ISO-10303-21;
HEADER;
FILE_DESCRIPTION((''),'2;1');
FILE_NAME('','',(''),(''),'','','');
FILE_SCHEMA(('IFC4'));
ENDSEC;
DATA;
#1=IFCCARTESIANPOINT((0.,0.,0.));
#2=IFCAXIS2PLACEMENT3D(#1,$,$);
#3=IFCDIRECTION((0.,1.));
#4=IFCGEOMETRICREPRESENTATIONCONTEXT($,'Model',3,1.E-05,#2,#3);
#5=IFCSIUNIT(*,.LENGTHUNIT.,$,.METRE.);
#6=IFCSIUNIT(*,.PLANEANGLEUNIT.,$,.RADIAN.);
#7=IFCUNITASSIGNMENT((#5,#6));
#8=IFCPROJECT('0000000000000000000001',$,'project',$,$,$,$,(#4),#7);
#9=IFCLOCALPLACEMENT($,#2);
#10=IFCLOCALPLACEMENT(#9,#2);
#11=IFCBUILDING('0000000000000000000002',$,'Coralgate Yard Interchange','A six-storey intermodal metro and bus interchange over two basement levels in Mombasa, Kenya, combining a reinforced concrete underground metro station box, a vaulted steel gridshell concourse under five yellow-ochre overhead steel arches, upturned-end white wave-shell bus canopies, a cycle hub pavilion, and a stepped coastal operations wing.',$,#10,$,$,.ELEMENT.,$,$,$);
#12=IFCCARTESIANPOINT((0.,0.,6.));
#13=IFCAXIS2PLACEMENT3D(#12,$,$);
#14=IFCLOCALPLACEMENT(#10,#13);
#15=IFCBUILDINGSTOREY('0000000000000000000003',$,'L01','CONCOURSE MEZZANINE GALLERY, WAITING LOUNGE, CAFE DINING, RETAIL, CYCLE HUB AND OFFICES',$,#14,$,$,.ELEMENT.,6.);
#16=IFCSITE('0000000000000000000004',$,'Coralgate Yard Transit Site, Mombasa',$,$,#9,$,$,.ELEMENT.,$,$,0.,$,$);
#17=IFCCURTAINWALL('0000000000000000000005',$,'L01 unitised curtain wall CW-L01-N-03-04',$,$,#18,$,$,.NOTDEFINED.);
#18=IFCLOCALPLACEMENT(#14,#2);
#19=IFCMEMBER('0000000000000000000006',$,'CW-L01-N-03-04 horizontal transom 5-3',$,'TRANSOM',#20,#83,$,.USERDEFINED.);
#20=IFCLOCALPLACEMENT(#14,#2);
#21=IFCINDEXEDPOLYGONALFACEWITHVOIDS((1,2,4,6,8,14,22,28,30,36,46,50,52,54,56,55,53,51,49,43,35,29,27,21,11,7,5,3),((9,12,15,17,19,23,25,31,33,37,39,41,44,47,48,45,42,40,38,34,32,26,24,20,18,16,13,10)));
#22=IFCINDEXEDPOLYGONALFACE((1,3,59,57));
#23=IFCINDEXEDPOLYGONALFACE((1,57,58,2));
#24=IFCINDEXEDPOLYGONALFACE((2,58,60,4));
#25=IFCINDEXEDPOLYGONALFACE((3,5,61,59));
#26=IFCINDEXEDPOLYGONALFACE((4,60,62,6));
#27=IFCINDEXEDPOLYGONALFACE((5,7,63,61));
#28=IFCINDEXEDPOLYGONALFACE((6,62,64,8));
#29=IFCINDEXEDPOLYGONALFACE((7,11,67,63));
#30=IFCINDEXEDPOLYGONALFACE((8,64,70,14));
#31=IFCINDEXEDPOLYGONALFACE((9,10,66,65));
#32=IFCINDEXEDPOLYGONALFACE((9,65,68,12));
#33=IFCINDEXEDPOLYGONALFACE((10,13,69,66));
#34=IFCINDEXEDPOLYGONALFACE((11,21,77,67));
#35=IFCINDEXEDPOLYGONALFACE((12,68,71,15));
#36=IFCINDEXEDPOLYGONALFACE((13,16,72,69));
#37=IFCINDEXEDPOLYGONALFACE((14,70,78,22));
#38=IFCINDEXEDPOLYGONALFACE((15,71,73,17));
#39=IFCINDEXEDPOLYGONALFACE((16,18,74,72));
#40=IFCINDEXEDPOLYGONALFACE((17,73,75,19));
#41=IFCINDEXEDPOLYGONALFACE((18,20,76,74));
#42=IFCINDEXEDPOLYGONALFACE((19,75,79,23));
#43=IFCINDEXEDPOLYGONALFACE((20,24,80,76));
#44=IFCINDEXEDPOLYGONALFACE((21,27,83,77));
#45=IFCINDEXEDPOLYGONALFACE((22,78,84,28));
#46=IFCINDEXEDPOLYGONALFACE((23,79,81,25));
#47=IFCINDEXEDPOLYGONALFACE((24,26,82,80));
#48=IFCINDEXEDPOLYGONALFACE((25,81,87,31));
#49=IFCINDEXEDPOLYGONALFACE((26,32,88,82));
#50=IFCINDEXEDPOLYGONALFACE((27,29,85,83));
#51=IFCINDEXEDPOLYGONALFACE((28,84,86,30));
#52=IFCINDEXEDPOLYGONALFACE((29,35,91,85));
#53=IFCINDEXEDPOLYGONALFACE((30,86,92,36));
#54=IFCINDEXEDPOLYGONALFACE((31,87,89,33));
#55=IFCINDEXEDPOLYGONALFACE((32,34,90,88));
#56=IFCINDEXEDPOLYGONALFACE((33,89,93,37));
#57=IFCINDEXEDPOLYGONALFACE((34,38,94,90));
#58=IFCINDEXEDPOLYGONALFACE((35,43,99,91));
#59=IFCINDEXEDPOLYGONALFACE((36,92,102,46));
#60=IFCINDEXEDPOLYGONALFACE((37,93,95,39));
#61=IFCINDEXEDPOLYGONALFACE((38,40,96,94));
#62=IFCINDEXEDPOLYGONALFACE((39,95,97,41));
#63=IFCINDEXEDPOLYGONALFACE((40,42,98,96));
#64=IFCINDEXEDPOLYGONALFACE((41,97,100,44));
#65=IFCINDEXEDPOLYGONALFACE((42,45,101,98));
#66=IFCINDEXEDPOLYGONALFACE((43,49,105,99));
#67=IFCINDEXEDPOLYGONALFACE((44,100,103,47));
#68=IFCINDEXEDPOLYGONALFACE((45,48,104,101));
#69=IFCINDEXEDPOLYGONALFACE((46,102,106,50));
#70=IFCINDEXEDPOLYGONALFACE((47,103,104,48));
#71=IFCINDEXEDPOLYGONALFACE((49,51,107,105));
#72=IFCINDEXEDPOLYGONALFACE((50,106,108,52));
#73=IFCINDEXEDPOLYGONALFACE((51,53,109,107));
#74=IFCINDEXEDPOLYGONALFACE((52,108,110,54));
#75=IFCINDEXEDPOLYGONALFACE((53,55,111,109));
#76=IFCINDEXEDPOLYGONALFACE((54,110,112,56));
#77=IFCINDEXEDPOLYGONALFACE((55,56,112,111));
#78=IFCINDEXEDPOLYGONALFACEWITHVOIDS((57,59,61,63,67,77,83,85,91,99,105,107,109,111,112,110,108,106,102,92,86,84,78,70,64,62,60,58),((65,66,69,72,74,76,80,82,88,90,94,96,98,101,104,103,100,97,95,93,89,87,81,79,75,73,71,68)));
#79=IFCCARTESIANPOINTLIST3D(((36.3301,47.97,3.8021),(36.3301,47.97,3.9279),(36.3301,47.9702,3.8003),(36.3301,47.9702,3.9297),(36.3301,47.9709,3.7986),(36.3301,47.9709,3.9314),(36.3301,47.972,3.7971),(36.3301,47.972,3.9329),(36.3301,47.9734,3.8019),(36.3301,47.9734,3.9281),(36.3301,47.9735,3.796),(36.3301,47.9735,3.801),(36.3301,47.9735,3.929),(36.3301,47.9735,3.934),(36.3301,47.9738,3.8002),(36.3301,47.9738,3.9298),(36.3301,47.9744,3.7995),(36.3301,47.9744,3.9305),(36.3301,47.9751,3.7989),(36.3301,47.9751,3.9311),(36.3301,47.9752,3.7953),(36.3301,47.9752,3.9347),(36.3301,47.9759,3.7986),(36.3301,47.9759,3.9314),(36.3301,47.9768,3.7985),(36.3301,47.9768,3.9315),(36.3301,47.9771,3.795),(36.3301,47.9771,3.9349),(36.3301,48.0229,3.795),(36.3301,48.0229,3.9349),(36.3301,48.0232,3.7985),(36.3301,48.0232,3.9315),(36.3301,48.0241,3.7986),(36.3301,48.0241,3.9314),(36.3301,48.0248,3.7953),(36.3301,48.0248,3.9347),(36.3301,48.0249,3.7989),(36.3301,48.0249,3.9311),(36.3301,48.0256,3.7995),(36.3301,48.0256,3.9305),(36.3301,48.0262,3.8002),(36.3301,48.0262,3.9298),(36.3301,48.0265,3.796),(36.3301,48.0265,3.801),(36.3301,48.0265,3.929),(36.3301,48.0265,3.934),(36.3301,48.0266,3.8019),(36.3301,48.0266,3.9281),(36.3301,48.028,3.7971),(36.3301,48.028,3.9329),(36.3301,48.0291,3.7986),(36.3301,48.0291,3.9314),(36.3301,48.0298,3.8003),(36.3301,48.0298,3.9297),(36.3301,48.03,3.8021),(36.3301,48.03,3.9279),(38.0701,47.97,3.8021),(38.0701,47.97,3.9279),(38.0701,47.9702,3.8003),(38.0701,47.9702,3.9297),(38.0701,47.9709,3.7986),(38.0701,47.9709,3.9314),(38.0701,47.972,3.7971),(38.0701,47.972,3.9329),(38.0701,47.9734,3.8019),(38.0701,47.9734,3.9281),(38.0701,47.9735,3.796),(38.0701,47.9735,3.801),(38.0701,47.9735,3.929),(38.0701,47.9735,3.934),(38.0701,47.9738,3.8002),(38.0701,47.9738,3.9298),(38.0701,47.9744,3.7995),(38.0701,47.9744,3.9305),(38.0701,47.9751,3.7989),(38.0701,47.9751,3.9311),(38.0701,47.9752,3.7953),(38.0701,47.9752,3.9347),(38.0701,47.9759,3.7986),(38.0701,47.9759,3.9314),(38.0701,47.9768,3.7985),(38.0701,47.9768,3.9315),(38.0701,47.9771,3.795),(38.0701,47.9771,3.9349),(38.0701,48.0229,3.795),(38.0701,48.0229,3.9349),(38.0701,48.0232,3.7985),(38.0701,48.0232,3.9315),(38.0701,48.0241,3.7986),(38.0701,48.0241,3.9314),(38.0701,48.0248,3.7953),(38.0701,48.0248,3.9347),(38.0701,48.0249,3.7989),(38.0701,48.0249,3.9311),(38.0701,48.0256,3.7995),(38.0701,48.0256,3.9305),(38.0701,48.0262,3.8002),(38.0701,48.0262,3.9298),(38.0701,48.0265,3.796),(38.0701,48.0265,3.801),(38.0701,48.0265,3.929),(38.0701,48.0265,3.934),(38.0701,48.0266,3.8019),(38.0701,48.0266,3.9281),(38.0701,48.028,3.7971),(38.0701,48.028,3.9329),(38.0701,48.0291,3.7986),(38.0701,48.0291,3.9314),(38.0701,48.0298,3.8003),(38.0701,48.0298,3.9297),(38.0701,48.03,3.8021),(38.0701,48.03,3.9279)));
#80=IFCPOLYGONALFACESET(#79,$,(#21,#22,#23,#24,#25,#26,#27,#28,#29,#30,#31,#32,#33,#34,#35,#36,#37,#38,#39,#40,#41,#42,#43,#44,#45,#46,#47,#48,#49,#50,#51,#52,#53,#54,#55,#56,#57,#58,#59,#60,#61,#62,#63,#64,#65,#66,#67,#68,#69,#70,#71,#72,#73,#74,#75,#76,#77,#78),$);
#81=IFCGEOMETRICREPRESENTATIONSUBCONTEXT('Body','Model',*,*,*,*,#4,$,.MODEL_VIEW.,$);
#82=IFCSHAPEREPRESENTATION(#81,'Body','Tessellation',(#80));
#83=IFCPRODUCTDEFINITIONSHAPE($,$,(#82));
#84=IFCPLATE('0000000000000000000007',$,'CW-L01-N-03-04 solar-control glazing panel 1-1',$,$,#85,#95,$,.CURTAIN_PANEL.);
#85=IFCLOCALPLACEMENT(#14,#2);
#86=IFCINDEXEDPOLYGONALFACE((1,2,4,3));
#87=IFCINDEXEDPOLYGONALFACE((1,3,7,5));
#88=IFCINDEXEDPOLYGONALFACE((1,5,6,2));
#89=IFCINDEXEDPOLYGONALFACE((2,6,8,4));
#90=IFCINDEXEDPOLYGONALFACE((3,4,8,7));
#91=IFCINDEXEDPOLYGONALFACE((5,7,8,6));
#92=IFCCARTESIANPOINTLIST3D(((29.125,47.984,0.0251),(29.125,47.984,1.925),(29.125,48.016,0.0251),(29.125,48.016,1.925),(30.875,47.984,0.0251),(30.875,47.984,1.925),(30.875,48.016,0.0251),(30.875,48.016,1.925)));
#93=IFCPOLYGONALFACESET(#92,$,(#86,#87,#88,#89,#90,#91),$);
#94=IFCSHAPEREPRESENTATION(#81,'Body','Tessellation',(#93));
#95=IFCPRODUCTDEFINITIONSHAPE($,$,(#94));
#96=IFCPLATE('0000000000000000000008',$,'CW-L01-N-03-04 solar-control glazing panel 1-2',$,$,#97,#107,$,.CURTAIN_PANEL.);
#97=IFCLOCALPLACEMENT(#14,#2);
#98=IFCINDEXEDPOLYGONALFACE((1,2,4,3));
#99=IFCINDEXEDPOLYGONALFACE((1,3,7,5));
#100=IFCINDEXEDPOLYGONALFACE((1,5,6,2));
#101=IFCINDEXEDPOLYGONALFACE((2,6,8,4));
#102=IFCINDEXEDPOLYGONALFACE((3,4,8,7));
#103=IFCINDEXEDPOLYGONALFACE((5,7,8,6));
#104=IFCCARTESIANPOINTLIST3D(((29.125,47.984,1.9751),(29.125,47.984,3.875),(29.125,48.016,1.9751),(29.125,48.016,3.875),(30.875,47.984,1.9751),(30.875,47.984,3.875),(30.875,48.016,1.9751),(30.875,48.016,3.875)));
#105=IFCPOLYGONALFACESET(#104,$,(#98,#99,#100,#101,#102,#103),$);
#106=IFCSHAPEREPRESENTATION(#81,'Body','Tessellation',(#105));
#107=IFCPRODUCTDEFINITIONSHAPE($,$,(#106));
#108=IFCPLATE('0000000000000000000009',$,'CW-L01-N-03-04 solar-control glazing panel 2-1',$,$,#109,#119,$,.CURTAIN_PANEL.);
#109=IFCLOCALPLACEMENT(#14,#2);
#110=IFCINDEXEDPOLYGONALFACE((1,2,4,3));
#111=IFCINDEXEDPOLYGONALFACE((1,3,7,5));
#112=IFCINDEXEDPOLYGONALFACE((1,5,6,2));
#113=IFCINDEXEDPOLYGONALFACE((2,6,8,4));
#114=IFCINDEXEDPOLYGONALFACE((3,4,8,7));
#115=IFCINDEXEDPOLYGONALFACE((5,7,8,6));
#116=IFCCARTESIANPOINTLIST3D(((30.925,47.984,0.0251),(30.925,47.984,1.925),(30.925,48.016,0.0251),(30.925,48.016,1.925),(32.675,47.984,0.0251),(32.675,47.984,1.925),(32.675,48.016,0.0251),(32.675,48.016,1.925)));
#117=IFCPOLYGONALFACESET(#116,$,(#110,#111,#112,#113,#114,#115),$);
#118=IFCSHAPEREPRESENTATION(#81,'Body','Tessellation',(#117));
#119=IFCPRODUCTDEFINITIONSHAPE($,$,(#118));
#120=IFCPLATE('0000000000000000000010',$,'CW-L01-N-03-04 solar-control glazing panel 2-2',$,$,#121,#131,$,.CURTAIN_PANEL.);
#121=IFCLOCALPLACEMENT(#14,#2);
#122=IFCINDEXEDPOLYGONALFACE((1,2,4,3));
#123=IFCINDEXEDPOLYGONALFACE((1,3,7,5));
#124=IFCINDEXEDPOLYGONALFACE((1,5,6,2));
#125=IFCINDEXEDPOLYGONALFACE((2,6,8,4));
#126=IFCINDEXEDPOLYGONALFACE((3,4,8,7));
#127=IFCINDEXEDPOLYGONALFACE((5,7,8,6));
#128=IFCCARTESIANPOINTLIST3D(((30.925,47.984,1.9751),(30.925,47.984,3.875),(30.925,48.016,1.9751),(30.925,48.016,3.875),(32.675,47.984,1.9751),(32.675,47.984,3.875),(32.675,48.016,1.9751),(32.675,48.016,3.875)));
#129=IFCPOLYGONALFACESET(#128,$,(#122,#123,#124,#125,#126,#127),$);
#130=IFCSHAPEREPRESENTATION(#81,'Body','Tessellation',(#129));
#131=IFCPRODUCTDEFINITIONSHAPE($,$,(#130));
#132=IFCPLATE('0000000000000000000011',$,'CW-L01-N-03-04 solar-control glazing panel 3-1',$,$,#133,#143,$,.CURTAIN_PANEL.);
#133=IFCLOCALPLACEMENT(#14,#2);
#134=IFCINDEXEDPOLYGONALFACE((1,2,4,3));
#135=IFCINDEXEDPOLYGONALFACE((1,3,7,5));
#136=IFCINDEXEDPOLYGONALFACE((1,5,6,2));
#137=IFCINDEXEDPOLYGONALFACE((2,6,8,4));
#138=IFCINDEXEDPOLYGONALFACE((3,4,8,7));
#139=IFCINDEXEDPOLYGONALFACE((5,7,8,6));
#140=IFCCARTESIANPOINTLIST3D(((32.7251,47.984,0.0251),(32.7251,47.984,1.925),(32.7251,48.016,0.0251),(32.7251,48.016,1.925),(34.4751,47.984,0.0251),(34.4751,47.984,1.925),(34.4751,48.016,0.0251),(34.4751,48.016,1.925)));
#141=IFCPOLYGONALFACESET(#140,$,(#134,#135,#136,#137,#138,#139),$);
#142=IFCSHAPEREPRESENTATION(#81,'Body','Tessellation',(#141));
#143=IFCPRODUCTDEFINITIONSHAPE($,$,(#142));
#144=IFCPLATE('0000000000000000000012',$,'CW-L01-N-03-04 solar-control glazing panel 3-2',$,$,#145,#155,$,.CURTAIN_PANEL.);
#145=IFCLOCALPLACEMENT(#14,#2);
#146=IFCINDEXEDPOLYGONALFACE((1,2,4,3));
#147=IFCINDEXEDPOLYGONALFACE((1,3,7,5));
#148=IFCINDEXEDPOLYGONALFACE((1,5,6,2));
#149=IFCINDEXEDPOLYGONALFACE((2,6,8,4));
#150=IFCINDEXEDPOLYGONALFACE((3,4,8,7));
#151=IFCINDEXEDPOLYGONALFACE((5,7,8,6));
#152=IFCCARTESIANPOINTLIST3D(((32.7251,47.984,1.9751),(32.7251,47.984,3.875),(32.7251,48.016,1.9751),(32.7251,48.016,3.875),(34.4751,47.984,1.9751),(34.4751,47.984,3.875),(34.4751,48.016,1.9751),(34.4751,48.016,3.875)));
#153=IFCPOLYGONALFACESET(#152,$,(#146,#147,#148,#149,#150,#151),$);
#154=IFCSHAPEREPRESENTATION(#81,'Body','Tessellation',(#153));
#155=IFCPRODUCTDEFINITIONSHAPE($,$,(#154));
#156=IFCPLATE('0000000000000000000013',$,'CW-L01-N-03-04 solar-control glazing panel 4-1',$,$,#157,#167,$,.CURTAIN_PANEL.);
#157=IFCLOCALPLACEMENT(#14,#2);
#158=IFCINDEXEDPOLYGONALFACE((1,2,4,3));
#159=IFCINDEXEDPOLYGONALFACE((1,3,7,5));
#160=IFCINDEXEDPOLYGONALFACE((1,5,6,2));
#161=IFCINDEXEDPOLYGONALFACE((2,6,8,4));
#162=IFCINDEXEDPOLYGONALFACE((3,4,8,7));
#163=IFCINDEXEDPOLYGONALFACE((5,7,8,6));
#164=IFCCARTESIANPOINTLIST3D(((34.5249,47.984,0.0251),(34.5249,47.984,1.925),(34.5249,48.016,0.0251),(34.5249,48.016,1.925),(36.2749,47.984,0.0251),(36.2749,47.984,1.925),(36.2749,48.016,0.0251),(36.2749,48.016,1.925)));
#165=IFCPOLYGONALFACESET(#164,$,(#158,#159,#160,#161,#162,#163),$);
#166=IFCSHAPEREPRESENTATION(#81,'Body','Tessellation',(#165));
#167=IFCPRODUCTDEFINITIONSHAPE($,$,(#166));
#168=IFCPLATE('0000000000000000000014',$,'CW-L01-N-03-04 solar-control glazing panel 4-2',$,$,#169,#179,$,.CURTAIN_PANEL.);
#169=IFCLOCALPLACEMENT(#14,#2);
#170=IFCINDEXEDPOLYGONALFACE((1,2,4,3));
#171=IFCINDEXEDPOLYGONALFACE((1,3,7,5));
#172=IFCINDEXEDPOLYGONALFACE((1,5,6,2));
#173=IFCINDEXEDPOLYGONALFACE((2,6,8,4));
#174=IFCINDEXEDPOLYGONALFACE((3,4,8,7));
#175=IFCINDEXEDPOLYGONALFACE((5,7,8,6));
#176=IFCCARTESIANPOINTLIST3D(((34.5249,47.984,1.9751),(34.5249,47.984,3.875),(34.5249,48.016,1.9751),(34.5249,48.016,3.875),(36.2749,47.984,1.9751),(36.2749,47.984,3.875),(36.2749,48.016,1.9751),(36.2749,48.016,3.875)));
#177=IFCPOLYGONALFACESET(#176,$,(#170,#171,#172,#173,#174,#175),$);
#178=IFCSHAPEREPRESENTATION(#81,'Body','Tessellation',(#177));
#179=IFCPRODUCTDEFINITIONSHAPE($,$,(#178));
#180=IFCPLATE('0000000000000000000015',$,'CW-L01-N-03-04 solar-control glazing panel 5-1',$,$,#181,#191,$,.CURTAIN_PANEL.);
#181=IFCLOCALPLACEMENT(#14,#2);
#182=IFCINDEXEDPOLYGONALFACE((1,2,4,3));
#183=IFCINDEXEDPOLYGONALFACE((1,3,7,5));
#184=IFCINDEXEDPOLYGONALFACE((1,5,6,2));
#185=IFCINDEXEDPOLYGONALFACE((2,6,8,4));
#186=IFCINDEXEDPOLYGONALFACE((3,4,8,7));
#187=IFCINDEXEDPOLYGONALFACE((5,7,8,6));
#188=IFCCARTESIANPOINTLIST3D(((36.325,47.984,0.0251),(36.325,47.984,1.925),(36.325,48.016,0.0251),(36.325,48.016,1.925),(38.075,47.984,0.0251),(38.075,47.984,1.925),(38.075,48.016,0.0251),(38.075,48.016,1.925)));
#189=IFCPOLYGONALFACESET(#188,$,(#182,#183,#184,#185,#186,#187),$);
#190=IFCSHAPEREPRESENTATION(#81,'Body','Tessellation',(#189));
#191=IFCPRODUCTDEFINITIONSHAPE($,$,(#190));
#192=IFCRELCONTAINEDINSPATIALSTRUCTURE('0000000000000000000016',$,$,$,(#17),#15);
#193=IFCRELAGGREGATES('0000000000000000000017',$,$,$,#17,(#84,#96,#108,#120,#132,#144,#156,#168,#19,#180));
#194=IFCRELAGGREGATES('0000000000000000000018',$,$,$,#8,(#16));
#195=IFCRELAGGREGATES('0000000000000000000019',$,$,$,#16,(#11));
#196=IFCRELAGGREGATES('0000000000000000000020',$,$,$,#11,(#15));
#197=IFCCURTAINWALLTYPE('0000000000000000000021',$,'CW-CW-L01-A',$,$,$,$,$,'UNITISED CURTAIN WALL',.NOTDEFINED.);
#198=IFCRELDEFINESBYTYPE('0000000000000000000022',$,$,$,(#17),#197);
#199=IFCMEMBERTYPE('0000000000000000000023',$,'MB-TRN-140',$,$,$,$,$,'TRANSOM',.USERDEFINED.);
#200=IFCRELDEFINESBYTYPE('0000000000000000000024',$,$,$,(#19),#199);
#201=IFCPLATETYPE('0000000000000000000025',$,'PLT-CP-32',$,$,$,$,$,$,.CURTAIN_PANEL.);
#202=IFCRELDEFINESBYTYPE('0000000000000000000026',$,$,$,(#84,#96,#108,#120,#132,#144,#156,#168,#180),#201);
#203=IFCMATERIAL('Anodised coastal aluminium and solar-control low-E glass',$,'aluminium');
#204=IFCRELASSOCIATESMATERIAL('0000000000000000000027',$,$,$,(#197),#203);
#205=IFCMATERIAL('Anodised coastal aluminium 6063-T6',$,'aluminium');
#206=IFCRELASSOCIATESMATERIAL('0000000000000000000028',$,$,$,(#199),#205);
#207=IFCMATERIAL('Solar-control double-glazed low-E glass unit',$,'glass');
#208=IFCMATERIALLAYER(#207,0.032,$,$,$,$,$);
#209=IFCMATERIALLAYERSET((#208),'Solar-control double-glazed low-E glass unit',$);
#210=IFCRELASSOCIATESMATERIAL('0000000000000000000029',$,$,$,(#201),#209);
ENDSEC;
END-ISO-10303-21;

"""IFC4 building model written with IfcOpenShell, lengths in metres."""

from ifc_helpers import new_model, si_unit, direction, frame, origin, origin_2d, place, context, subcontext, project, spatial, rectangle, hollow_rectangle, extrude, material, layer, layer_set, material_profile, profile_set, type_object, element, aggregate, save


model = new_model("IFC4")

# Units and contexts
model_context = context("Model", 3, precision=1e-05, world=origin(), true_north=direction((0.0, 1.0)))
body_context = subcontext(model_context, "Body", "Model", "MODEL_VIEW")
ifc_project = project(units=[si_unit("LENGTHUNIT", "METRE"), si_unit("PLANEANGLEUNIT", "RADIAN")], contexts=[model_context])

# Site, building, storey
site_placement = place(None, origin())
site = spatial("IfcSite", under=ifc_project, at=site_placement, Name="Coralgate Yard Transit Site, Mombasa", CompositionType="ELEMENT", RefElevation=0.0)
building_placement = place(site_placement, origin())
building = spatial("IfcBuilding", under=site, at=building_placement, Name="Coralgate Yard Interchange", Description="A six-storey intermodal metro and bus interchange over two basement levels in Mombasa, Kenya, combining a reinforced concrete underground metro station box, a vaulted steel gridshell concourse under five yellow-ochre overhead steel arches, upturned-end white wave-shell bus canopies, a cycle hub pavilion, and a stepped coastal operations wing.", CompositionType="ELEMENT")
storey_placement = place(building_placement, frame((0.0, 0.0, 6.0)))
storey = spatial("IfcBuildingStorey", under=building, at=storey_placement, Name="L01", Description="CONCOURSE MEZZANINE GALLERY, WAITING LOUNGE, CAFE DINING, RETAIL, CYCLE HUB AND OFFICES", CompositionType="ELEMENT", Elevation=6.0)

# Curtain wall, member, plates
ifc_material_1 = material(Name="Anodised coastal aluminium and solar-control low-E glass", Category="aluminium")
curtain_wall_type = type_object("IfcCurtainWallType", Name="CW-CW-L01-A", ElementType="UNITISED CURTAIN WALL", PredefinedType="NOTDEFINED", material=ifc_material_1)
curtain_wall_placement = place(storey_placement, origin())
curtain_wall = element("IfcCurtainWall", 1, at=curtain_wall_placement, inside=storey, type_object=curtain_wall_type, Name="L01 unitised curtain wall CW-L01-N-03-04", PredefinedType="NOTDEFINED")
ifc_material_2 = material(Name="Anodised coastal aluminium 6063-T6", Category="aluminium")
ifc_material_profile_1 = material_profile(ifc_material_2, hollow_rectangle(XDim=0.0601, YDim=0.1399, WallThickness=0.0034, InnerFilletRadius=0.0034, OuterFilletRadius=0.0071, at=origin_2d()), Name="ALU 60x140x3.5")
ifc_profile_set_1 = profile_set([ifc_material_profile_1], Name="Anodised coastal aluminium 6063-T6")
member_type_1 = type_object("IfcMemberType", Name="MB-TRN-140", ElementType="TRANSOM", PredefinedType="USERDEFINED", material=ifc_profile_set_1)
member_1_placement = place(storey_placement, frame((36.3301, 48.0, 3.865), z_axis=(1.0, 0.0, 0.0), x_axis=(0.0, 1.0, 0.0)))
member_1 = element("IfcMember", 2, at=member_1_placement, type_object=member_type_1, Name="CW-L01-N-03-04 horizontal transom 5-3", ObjectType="TRANSOM", PredefinedType="USERDEFINED", context=body_context, shape_type="SweptSolid", body=[
    extrude(hollow_rectangle(XDim=0.0601, YDim=0.1399, WallThickness=0.0034, InnerFilletRadius=0.0034, OuterFilletRadius=0.0071, at=origin_2d()), origin(), (0.0, 0.0, 1.0), 1.74),
])
ifc_material_3 = material(Name="Solar-control double-glazed low-E glass unit", Category="glass")
ifc_layer = layer(ifc_material_3, 0.032)
ifc_layer_set = layer_set([ifc_layer], Name="Solar-control double-glazed low-E glass unit")
plate_type = type_object("IfcPlateType", Name="PLT-CP-32", PredefinedType="CURTAIN_PANEL", material=ifc_layer_set)
plate_1_placement = place(storey_placement, frame((30.0, 48.0, 0.0251), z_axis=(0.0, 0.0, 1.0), x_axis=(1.0, 0.0, 0.0)))
plate_1 = element("IfcPlate", 3, at=plate_1_placement, type_object=plate_type, Name="CW-L01-N-03-04 solar-control glazing panel 1-1", PredefinedType="CURTAIN_PANEL", context=body_context, shape_type="SweptSolid", body=[
    extrude(rectangle(XDim=1.75, YDim=0.032, at=origin_2d()), origin(), (0.0, 0.0, 1.0), 1.8999),
])
plate_2_placement = place(storey_placement, frame((30.0, 48.0, 1.9751), z_axis=(0.0, 0.0, 1.0), x_axis=(1.0, 0.0, 0.0)))
plate_2 = element("IfcPlate", 4, at=plate_2_placement, type_object=plate_type, Name="CW-L01-N-03-04 solar-control glazing panel 1-2", PredefinedType="CURTAIN_PANEL", context=body_context, shape_type="SweptSolid", body=[
    extrude(rectangle(XDim=1.75, YDim=0.032, at=origin_2d()), origin(), (0.0, 0.0, 1.0), 1.8999),
])
plate_3_placement = place(storey_placement, frame((31.8, 48.0, 0.0251), z_axis=(0.0, 0.0, 1.0), x_axis=(1.0, 0.0, 0.0)))
plate_3 = element("IfcPlate", 5, at=plate_3_placement, type_object=plate_type, Name="CW-L01-N-03-04 solar-control glazing panel 2-1", PredefinedType="CURTAIN_PANEL", context=body_context, shape_type="SweptSolid", body=[
    extrude(rectangle(XDim=1.75, YDim=0.032, at=origin_2d()), origin(), (0.0, 0.0, 1.0), 1.8999),
])
plate_4_placement = place(storey_placement, frame((31.8, 48.0, 1.9751), z_axis=(0.0, 0.0, 1.0), x_axis=(1.0, 0.0, 0.0)))
plate_4 = element("IfcPlate", 6, at=plate_4_placement, type_object=plate_type, Name="CW-L01-N-03-04 solar-control glazing panel 2-2", PredefinedType="CURTAIN_PANEL", context=body_context, shape_type="SweptSolid", body=[
    extrude(rectangle(XDim=1.75, YDim=0.032, at=origin_2d()), origin(), (0.0, 0.0, 1.0), 1.8999),
])
plate_5_placement = place(storey_placement, frame((33.6001, 48.0, 0.0251), z_axis=(0.0, 0.0, 1.0), x_axis=(1.0, 0.0, 0.0)))
plate_5 = element("IfcPlate", 7, at=plate_5_placement, type_object=plate_type, Name="CW-L01-N-03-04 solar-control glazing panel 3-1", PredefinedType="CURTAIN_PANEL", context=body_context, shape_type="SweptSolid", body=[
    extrude(rectangle(XDim=1.75, YDim=0.032, at=origin_2d()), origin(), (0.0, 0.0, 1.0), 1.8999),
])
plate_6_placement = place(storey_placement, frame((33.6001, 48.0, 1.9751), z_axis=(0.0, 0.0, 1.0), x_axis=(1.0, 0.0, 0.0)))
plate_6 = element("IfcPlate", 8, at=plate_6_placement, type_object=plate_type, Name="CW-L01-N-03-04 solar-control glazing panel 3-2", PredefinedType="CURTAIN_PANEL", context=body_context, shape_type="SweptSolid", body=[
    extrude(rectangle(XDim=1.75, YDim=0.032, at=origin_2d()), origin(), (0.0, 0.0, 1.0), 1.8999),
])
plate_7_placement = place(storey_placement, frame((35.3999, 48.0, 0.0251), z_axis=(0.0, 0.0, 1.0), x_axis=(1.0, 0.0, 0.0)))
plate_7 = element("IfcPlate", 9, at=plate_7_placement, type_object=plate_type, Name="CW-L01-N-03-04 solar-control glazing panel 4-1", PredefinedType="CURTAIN_PANEL", context=body_context, shape_type="SweptSolid", body=[
    extrude(rectangle(XDim=1.75, YDim=0.032, at=origin_2d()), origin(), (0.0, 0.0, 1.0), 1.8999),
])
plate_8_placement = place(storey_placement, frame((35.3999, 48.0, 1.9751), z_axis=(0.0, 0.0, 1.0), x_axis=(1.0, 0.0, 0.0)))
plate_8 = element("IfcPlate", 10, at=plate_8_placement, type_object=plate_type, Name="CW-L01-N-03-04 solar-control glazing panel 4-2", PredefinedType="CURTAIN_PANEL", context=body_context, shape_type="SweptSolid", body=[
    extrude(rectangle(XDim=1.75, YDim=0.032, at=origin_2d()), origin(), (0.0, 0.0, 1.0), 1.8999),
])
plate_9_placement = place(storey_placement, frame((37.2, 48.0, 0.0251), z_axis=(0.0, 0.0, 1.0), x_axis=(1.0, 0.0, 0.0)))
plate_9 = element("IfcPlate", 11, at=plate_9_placement, type_object=plate_type, Name="CW-L01-N-03-04 solar-control glazing panel 5-1", PredefinedType="CURTAIN_PANEL", context=body_context, shape_type="SweptSolid", body=[
    extrude(rectangle(XDim=1.75, YDim=0.032, at=origin_2d()), origin(), (0.0, 0.0, 1.0), 1.8999),
])
aggregate(curtain_wall, [plate_1, plate_2, plate_3, plate_4, plate_5, plate_6, plate_7, plate_8, member_1, plate_9])

save(model, "model.ifc")
